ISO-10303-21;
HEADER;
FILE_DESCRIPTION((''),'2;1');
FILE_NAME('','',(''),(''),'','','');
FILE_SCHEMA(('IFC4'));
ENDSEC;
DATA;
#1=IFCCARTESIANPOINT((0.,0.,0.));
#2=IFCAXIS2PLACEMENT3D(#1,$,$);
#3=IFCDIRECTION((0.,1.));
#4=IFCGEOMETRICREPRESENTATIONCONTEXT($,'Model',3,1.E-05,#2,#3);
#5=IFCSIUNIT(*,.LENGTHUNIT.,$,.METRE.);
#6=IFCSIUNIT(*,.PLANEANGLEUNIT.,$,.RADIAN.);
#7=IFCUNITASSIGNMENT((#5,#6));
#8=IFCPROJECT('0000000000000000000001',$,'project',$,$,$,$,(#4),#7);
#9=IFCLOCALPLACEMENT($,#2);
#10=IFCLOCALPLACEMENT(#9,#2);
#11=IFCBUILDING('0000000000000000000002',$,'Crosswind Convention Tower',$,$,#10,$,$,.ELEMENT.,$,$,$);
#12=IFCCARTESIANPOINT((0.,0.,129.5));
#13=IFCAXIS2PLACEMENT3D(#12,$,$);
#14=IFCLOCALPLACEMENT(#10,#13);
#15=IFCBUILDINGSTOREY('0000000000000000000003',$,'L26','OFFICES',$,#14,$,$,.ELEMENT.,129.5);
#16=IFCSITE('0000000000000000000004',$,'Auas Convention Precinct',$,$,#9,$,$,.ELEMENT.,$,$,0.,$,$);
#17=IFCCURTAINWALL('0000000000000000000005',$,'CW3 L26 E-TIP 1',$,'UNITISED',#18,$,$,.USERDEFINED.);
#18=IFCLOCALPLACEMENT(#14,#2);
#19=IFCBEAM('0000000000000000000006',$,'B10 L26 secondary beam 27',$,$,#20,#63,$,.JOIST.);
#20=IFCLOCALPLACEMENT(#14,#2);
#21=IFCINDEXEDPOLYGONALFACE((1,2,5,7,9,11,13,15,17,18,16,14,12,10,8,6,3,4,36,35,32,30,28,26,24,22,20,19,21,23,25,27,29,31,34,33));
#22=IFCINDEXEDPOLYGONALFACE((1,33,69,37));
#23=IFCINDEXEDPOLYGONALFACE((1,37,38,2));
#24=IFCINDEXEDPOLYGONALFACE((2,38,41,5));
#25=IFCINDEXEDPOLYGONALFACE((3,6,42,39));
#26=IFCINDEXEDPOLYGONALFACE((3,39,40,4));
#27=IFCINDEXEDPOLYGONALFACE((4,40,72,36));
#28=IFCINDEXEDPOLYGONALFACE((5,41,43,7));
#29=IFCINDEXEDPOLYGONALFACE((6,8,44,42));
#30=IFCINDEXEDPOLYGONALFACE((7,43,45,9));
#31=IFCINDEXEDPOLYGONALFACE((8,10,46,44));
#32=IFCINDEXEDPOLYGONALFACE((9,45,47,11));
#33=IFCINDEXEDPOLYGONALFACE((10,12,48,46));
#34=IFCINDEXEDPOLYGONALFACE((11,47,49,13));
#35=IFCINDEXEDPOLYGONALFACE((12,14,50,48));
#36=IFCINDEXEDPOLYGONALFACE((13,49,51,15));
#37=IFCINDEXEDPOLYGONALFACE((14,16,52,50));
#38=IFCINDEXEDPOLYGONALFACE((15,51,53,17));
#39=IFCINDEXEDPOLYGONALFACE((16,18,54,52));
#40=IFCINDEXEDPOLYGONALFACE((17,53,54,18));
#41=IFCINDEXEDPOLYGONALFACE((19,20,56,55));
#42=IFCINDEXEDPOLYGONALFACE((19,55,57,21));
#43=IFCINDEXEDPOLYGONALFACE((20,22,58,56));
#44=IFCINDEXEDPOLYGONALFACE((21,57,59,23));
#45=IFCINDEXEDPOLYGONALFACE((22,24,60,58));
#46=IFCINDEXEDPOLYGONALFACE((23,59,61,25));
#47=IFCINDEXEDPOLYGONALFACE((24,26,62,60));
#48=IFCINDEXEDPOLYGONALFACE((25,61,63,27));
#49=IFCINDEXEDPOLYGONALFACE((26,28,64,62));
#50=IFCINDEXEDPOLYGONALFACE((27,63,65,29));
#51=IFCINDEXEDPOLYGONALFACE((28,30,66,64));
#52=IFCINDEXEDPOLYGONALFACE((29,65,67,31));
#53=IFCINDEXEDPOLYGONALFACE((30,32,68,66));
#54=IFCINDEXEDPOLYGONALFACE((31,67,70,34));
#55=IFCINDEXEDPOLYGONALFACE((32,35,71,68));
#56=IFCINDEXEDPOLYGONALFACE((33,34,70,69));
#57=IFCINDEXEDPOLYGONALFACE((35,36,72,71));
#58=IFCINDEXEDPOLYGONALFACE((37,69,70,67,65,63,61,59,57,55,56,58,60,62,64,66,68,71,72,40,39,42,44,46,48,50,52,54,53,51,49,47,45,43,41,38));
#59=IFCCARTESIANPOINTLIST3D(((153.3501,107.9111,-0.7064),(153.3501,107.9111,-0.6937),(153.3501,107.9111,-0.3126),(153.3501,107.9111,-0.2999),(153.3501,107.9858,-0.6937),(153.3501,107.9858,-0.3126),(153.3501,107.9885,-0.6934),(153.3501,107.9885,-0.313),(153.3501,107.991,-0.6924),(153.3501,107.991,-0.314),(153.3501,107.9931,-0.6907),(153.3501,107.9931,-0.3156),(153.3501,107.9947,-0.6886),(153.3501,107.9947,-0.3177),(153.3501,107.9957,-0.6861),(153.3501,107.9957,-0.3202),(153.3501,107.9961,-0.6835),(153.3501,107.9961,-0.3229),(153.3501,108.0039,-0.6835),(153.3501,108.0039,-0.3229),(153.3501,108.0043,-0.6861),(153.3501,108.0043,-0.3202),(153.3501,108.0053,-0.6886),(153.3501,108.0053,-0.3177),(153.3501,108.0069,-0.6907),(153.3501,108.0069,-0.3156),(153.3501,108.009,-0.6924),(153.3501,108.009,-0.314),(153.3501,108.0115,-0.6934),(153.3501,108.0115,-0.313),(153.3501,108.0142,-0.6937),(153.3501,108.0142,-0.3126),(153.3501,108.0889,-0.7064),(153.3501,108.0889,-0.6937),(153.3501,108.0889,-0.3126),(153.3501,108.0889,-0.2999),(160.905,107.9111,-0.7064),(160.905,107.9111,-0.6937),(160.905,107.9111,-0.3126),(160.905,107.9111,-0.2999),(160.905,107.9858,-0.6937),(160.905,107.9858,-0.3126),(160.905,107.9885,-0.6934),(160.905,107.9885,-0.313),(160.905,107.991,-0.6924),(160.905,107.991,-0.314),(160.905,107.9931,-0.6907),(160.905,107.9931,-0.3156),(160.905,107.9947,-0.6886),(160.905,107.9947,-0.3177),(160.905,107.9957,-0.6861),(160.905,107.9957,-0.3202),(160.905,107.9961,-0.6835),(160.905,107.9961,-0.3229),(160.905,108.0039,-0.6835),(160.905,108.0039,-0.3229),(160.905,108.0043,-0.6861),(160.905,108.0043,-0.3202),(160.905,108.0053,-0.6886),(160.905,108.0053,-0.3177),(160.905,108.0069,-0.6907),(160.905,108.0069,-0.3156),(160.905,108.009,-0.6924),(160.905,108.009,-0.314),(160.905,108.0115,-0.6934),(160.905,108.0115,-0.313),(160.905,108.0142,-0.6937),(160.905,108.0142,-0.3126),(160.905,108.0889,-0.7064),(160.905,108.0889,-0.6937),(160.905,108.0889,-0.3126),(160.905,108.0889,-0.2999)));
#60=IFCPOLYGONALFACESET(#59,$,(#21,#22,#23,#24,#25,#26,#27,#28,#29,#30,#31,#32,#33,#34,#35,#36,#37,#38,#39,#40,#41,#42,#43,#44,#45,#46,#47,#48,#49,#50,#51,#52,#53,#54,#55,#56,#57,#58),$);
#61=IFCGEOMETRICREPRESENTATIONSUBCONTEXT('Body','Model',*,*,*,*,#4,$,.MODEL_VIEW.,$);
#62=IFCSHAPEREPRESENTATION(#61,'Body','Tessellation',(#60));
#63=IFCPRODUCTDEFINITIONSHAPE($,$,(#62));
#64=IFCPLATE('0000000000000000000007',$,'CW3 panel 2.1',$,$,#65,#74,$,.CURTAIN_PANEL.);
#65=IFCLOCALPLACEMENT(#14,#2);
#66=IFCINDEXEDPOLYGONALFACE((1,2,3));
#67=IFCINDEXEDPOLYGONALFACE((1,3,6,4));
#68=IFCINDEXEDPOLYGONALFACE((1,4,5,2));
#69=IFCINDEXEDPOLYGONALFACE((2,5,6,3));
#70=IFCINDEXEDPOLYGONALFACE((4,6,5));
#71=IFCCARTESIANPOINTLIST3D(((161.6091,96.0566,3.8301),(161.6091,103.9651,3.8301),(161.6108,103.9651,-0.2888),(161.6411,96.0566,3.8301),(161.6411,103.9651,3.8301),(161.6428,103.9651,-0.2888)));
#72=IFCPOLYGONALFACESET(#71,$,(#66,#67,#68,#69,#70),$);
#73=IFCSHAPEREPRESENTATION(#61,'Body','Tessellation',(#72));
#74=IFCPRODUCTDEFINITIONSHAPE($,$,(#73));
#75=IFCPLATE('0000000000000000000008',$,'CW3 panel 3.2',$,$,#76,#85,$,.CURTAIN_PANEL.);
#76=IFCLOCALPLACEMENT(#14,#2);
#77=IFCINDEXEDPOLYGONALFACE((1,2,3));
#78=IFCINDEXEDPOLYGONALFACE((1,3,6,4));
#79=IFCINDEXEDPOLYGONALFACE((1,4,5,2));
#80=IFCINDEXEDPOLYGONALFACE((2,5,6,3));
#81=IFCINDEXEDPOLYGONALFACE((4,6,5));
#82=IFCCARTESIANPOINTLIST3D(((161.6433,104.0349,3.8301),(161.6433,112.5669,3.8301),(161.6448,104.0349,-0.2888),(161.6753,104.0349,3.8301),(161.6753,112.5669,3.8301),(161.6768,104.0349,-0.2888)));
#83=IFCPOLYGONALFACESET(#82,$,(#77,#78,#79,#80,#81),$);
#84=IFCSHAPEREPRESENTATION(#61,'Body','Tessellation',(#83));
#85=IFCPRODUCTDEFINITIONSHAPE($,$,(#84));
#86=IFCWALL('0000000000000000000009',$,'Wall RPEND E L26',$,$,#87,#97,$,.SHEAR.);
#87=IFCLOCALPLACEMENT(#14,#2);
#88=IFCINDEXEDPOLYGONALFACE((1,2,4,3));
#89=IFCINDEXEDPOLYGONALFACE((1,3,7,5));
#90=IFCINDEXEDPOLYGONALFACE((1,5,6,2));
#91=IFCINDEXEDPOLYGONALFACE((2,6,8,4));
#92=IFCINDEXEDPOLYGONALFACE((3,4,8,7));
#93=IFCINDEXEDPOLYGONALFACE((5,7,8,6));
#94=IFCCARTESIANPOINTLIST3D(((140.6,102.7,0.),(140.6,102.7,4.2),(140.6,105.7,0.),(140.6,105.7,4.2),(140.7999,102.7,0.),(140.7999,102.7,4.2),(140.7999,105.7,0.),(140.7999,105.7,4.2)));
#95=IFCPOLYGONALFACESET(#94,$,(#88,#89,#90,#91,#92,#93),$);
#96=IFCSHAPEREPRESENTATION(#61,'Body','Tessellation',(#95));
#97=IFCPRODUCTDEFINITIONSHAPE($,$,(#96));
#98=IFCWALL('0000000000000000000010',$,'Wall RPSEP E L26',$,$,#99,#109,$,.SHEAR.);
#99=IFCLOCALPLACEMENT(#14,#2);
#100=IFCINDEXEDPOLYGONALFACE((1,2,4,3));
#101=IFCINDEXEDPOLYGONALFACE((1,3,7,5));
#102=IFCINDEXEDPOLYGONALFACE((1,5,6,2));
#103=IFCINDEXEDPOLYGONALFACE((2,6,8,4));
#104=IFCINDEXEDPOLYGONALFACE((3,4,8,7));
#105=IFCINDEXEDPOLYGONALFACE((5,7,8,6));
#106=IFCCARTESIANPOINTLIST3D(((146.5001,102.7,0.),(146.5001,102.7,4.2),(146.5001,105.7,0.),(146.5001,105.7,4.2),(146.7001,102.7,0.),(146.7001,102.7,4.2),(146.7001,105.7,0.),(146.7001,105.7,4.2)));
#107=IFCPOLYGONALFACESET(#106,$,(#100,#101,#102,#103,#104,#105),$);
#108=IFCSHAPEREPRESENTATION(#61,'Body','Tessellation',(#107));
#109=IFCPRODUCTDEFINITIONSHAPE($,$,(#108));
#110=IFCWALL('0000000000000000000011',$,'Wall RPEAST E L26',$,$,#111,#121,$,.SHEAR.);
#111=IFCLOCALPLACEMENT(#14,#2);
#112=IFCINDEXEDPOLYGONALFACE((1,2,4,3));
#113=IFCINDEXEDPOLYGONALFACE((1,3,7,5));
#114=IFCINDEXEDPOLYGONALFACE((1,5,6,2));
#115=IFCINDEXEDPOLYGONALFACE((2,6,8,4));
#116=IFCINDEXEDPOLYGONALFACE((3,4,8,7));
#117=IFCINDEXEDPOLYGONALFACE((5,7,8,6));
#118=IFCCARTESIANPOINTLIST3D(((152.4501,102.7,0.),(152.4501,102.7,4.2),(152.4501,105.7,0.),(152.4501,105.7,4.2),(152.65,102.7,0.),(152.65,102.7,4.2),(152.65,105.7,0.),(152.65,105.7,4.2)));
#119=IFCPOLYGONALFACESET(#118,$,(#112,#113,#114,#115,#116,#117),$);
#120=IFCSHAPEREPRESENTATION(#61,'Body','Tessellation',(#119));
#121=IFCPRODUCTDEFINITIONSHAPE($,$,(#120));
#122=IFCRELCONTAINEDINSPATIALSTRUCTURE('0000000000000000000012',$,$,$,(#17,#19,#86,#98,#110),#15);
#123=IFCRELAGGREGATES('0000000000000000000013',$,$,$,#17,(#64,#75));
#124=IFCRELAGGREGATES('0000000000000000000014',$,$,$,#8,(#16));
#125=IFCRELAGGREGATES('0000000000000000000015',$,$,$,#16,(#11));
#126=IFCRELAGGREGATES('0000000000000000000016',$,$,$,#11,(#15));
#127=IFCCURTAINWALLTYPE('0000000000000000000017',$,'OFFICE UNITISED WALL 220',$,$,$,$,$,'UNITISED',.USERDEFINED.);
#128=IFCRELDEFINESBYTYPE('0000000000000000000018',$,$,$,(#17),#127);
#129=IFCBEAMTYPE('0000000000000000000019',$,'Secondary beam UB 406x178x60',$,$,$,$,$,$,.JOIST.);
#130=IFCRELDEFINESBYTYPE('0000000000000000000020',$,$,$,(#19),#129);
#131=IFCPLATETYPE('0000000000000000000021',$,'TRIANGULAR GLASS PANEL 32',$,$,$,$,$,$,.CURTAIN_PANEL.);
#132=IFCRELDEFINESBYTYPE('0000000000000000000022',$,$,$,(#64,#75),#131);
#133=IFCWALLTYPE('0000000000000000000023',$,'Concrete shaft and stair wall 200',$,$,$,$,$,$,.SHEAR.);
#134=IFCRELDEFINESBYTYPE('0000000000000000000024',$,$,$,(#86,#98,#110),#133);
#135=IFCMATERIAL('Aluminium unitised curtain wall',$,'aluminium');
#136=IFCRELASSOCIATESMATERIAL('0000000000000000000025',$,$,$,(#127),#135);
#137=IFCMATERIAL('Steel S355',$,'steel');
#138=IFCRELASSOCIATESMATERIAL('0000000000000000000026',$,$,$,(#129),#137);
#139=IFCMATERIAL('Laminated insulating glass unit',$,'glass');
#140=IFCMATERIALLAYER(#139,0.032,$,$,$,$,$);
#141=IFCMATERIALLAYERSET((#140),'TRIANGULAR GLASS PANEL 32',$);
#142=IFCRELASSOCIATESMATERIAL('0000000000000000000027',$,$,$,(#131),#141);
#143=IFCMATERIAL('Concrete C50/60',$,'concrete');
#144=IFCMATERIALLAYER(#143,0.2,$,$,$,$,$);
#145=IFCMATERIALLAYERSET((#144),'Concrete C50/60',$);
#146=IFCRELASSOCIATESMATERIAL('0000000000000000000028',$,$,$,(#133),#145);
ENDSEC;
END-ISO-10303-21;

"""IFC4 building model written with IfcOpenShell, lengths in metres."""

from ifc_helpers import new_model, si_unit, direction, frame, frame_2d, origin, origin_2d, place, context, subcontext, project, spatial, polyline, rectangle, i_section, outline, extrude, material, layer, layer_set, material_profile, profile_set, type_object, element, aggregate, save


model = new_model("IFC4")

# Units and contexts
model_context = context("Model", 3, precision=1e-05, world=origin(), true_north=direction((0.0, 1.0)))
body_context = subcontext(model_context, "Body", "Model", "MODEL_VIEW")
ifc_project = project(units=[si_unit("LENGTHUNIT", "METRE"), si_unit("PLANEANGLEUNIT", "RADIAN")], contexts=[model_context])

# Site, building, storey
site_placement = place(None, origin())
site = spatial("IfcSite", under=ifc_project, at=site_placement, Name="Auas Convention Precinct", CompositionType="ELEMENT", RefElevation=0.0)
building_placement = place(site_placement, origin())
building = spatial("IfcBuilding", under=site, at=building_placement, Name="Crosswind Convention Tower", CompositionType="ELEMENT")
storey_placement = place(building_placement, frame((0.0, 0.0, 129.5)))
storey = spatial("IfcBuildingStorey", under=building, at=storey_placement, Name="L26", Description="OFFICES", CompositionType="ELEMENT", Elevation=129.5)

# Shared definitions
ifc_material_1 = material(Name="Steel S355", Category="steel")

# Curtain wall
ifc_material_2 = material(Name="Aluminium unitised curtain wall", Category="aluminium")
curtain_wall_type = type_object("IfcCurtainWallType", Name="OFFICE UNITISED WALL 220", ElementType="UNITISED", PredefinedType="USERDEFINED", material=ifc_material_2)
curtain_wall_placement = place(storey_placement, origin())
curtain_wall = element("IfcCurtainWall", 1, at=curtain_wall_placement, inside=storey, type_object=curtain_wall_type, Name="CW3 L26 E-TIP 1", ObjectType="UNITISED", PredefinedType="USERDEFINED")

# Beam
ifc_material_profile_1 = material_profile(ifc_material_1, i_section(OverallWidth=0.1777, OverallDepth=0.4065, WebThickness=0.0078, FlangeThickness=0.0127, FilletRadius=0.0103, at=origin_2d()), Name="UB 406x178x60")
ifc_profile_set_1 = profile_set([ifc_material_profile_1], Name="Steel S355")
beam_type_1 = type_object("IfcBeamType", Name="Secondary beam UB 406x178x60", PredefinedType="JOIST", material=ifc_profile_set_1)
for number, where, z_axis, x_axis, name in (
    (2, (153.3501, 108.0, -0.5032), (1.0, 0.0, 0.0), (0.0, 1.0, 0.0), "B10 L26 secondary beam 27"),
):
    element("IfcBeam", number, at=place(storey_placement, frame(where, z_axis=z_axis, x_axis=x_axis)), inside=storey, type_object=beam_type_1, Name=name, PredefinedType="JOIST", context=body_context, shape_type="SweptSolid", body=[
        extrude(i_section(OverallWidth=0.1777, OverallDepth=0.4065, WebThickness=0.0078, FlangeThickness=0.0127, FilletRadius=0.0103, at=origin_2d()), origin(), (0.0, 0.0, 1.0), 7.5549),
    ])

# Plates
ifc_material_3 = material(Name="Laminated insulating glass unit", Category="glass")
ifc_layer_1 = layer(ifc_material_3, 0.032)
ifc_layer_set_1 = layer_set([ifc_layer_1], Name="TRIANGULAR GLASS PANEL 32")
plate_type = type_object("IfcPlateType", Name="TRIANGULAR GLASS PANEL 32", PredefinedType="CURTAIN_PANEL", material=ifc_layer_set_1)
plate_1_placement = place(storey_placement, frame((161.6411, 103.9651, 3.8301), z_axis=(1.0, 0.0, 0.000415), x_axis=(0.0, -1.0, 0.0)))
plate_1 = element("IfcPlate", 3, at=plate_1_placement, type_object=plate_type, Name="CW3 panel 2.1", PredefinedType="CURTAIN_PANEL", context=body_context, shape_type="SweptSolid", body=[
    extrude(outline(polyline([(0.0, 0.0), (7.9084, 0.0), (0.0, 4.1189), (0.0, 0.0)])), origin(), (0.0, 0.0, -1.0), 0.032),
])
plate_2_placement = place(storey_placement, frame((161.6753, 104.0349, 3.8301), z_axis=(1.0, 0.0, 0.000356), x_axis=(0.000356, 0.0, -1.0)))
plate_2 = element("IfcPlate", 4, at=plate_2_placement, type_object=plate_type, Name="CW3 panel 3.2", PredefinedType="CURTAIN_PANEL", context=body_context, shape_type="SweptSolid", body=[
    extrude(outline(polyline([(0.0, 0.0), (4.1189, 0.0), (0.0, 8.532), (0.0, 0.0)])), origin(), (0.0, 0.0, -1.0), 0.032),
])
aggregate(curtain_wall, [plate_1, plate_2])

# Walls
ifc_material_4 = material(Name="Concrete C50/60", Category="concrete")
ifc_layer_2 = layer(ifc_material_4, 0.2)
ifc_layer_set_2 = layer_set([ifc_layer_2], Name="Concrete C50/60")
wall_type_1 = type_object("IfcWallType", Name="Concrete shaft and stair wall 200", PredefinedType="SHEAR", material=ifc_layer_set_2)
for number, where, z_axis, x_axis, name in (
    (5, (140.7, 102.7, 0.0), (0.0, 0.0, 1.0), (0.0, 1.0, 0.0), "Wall RPEND E L26"),
    (6, (146.6001, 102.7, 0.0), (0.0, 0.0, 1.0), (0.0, 1.0, 0.0), "Wall RPSEP E L26"),
    (7, (152.55, 102.7, 0.0), (0.0, 0.0, 1.0), (0.0, 1.0, 0.0), "Wall RPEAST E L26"),
):
    element("IfcWall", number, at=place(storey_placement, frame(where, z_axis=z_axis, x_axis=x_axis)), inside=storey, type_object=wall_type_1, Name=name, PredefinedType="SHEAR", context=body_context, shape_type="SweptSolid", body=[
        extrude(rectangle(XDim=3.0, YDim=0.2, at=frame_2d((1.5, 0.0))), origin(), (0.0, 0.0, 1.0), 4.2),
    ])

save(model, "model.ifc")
